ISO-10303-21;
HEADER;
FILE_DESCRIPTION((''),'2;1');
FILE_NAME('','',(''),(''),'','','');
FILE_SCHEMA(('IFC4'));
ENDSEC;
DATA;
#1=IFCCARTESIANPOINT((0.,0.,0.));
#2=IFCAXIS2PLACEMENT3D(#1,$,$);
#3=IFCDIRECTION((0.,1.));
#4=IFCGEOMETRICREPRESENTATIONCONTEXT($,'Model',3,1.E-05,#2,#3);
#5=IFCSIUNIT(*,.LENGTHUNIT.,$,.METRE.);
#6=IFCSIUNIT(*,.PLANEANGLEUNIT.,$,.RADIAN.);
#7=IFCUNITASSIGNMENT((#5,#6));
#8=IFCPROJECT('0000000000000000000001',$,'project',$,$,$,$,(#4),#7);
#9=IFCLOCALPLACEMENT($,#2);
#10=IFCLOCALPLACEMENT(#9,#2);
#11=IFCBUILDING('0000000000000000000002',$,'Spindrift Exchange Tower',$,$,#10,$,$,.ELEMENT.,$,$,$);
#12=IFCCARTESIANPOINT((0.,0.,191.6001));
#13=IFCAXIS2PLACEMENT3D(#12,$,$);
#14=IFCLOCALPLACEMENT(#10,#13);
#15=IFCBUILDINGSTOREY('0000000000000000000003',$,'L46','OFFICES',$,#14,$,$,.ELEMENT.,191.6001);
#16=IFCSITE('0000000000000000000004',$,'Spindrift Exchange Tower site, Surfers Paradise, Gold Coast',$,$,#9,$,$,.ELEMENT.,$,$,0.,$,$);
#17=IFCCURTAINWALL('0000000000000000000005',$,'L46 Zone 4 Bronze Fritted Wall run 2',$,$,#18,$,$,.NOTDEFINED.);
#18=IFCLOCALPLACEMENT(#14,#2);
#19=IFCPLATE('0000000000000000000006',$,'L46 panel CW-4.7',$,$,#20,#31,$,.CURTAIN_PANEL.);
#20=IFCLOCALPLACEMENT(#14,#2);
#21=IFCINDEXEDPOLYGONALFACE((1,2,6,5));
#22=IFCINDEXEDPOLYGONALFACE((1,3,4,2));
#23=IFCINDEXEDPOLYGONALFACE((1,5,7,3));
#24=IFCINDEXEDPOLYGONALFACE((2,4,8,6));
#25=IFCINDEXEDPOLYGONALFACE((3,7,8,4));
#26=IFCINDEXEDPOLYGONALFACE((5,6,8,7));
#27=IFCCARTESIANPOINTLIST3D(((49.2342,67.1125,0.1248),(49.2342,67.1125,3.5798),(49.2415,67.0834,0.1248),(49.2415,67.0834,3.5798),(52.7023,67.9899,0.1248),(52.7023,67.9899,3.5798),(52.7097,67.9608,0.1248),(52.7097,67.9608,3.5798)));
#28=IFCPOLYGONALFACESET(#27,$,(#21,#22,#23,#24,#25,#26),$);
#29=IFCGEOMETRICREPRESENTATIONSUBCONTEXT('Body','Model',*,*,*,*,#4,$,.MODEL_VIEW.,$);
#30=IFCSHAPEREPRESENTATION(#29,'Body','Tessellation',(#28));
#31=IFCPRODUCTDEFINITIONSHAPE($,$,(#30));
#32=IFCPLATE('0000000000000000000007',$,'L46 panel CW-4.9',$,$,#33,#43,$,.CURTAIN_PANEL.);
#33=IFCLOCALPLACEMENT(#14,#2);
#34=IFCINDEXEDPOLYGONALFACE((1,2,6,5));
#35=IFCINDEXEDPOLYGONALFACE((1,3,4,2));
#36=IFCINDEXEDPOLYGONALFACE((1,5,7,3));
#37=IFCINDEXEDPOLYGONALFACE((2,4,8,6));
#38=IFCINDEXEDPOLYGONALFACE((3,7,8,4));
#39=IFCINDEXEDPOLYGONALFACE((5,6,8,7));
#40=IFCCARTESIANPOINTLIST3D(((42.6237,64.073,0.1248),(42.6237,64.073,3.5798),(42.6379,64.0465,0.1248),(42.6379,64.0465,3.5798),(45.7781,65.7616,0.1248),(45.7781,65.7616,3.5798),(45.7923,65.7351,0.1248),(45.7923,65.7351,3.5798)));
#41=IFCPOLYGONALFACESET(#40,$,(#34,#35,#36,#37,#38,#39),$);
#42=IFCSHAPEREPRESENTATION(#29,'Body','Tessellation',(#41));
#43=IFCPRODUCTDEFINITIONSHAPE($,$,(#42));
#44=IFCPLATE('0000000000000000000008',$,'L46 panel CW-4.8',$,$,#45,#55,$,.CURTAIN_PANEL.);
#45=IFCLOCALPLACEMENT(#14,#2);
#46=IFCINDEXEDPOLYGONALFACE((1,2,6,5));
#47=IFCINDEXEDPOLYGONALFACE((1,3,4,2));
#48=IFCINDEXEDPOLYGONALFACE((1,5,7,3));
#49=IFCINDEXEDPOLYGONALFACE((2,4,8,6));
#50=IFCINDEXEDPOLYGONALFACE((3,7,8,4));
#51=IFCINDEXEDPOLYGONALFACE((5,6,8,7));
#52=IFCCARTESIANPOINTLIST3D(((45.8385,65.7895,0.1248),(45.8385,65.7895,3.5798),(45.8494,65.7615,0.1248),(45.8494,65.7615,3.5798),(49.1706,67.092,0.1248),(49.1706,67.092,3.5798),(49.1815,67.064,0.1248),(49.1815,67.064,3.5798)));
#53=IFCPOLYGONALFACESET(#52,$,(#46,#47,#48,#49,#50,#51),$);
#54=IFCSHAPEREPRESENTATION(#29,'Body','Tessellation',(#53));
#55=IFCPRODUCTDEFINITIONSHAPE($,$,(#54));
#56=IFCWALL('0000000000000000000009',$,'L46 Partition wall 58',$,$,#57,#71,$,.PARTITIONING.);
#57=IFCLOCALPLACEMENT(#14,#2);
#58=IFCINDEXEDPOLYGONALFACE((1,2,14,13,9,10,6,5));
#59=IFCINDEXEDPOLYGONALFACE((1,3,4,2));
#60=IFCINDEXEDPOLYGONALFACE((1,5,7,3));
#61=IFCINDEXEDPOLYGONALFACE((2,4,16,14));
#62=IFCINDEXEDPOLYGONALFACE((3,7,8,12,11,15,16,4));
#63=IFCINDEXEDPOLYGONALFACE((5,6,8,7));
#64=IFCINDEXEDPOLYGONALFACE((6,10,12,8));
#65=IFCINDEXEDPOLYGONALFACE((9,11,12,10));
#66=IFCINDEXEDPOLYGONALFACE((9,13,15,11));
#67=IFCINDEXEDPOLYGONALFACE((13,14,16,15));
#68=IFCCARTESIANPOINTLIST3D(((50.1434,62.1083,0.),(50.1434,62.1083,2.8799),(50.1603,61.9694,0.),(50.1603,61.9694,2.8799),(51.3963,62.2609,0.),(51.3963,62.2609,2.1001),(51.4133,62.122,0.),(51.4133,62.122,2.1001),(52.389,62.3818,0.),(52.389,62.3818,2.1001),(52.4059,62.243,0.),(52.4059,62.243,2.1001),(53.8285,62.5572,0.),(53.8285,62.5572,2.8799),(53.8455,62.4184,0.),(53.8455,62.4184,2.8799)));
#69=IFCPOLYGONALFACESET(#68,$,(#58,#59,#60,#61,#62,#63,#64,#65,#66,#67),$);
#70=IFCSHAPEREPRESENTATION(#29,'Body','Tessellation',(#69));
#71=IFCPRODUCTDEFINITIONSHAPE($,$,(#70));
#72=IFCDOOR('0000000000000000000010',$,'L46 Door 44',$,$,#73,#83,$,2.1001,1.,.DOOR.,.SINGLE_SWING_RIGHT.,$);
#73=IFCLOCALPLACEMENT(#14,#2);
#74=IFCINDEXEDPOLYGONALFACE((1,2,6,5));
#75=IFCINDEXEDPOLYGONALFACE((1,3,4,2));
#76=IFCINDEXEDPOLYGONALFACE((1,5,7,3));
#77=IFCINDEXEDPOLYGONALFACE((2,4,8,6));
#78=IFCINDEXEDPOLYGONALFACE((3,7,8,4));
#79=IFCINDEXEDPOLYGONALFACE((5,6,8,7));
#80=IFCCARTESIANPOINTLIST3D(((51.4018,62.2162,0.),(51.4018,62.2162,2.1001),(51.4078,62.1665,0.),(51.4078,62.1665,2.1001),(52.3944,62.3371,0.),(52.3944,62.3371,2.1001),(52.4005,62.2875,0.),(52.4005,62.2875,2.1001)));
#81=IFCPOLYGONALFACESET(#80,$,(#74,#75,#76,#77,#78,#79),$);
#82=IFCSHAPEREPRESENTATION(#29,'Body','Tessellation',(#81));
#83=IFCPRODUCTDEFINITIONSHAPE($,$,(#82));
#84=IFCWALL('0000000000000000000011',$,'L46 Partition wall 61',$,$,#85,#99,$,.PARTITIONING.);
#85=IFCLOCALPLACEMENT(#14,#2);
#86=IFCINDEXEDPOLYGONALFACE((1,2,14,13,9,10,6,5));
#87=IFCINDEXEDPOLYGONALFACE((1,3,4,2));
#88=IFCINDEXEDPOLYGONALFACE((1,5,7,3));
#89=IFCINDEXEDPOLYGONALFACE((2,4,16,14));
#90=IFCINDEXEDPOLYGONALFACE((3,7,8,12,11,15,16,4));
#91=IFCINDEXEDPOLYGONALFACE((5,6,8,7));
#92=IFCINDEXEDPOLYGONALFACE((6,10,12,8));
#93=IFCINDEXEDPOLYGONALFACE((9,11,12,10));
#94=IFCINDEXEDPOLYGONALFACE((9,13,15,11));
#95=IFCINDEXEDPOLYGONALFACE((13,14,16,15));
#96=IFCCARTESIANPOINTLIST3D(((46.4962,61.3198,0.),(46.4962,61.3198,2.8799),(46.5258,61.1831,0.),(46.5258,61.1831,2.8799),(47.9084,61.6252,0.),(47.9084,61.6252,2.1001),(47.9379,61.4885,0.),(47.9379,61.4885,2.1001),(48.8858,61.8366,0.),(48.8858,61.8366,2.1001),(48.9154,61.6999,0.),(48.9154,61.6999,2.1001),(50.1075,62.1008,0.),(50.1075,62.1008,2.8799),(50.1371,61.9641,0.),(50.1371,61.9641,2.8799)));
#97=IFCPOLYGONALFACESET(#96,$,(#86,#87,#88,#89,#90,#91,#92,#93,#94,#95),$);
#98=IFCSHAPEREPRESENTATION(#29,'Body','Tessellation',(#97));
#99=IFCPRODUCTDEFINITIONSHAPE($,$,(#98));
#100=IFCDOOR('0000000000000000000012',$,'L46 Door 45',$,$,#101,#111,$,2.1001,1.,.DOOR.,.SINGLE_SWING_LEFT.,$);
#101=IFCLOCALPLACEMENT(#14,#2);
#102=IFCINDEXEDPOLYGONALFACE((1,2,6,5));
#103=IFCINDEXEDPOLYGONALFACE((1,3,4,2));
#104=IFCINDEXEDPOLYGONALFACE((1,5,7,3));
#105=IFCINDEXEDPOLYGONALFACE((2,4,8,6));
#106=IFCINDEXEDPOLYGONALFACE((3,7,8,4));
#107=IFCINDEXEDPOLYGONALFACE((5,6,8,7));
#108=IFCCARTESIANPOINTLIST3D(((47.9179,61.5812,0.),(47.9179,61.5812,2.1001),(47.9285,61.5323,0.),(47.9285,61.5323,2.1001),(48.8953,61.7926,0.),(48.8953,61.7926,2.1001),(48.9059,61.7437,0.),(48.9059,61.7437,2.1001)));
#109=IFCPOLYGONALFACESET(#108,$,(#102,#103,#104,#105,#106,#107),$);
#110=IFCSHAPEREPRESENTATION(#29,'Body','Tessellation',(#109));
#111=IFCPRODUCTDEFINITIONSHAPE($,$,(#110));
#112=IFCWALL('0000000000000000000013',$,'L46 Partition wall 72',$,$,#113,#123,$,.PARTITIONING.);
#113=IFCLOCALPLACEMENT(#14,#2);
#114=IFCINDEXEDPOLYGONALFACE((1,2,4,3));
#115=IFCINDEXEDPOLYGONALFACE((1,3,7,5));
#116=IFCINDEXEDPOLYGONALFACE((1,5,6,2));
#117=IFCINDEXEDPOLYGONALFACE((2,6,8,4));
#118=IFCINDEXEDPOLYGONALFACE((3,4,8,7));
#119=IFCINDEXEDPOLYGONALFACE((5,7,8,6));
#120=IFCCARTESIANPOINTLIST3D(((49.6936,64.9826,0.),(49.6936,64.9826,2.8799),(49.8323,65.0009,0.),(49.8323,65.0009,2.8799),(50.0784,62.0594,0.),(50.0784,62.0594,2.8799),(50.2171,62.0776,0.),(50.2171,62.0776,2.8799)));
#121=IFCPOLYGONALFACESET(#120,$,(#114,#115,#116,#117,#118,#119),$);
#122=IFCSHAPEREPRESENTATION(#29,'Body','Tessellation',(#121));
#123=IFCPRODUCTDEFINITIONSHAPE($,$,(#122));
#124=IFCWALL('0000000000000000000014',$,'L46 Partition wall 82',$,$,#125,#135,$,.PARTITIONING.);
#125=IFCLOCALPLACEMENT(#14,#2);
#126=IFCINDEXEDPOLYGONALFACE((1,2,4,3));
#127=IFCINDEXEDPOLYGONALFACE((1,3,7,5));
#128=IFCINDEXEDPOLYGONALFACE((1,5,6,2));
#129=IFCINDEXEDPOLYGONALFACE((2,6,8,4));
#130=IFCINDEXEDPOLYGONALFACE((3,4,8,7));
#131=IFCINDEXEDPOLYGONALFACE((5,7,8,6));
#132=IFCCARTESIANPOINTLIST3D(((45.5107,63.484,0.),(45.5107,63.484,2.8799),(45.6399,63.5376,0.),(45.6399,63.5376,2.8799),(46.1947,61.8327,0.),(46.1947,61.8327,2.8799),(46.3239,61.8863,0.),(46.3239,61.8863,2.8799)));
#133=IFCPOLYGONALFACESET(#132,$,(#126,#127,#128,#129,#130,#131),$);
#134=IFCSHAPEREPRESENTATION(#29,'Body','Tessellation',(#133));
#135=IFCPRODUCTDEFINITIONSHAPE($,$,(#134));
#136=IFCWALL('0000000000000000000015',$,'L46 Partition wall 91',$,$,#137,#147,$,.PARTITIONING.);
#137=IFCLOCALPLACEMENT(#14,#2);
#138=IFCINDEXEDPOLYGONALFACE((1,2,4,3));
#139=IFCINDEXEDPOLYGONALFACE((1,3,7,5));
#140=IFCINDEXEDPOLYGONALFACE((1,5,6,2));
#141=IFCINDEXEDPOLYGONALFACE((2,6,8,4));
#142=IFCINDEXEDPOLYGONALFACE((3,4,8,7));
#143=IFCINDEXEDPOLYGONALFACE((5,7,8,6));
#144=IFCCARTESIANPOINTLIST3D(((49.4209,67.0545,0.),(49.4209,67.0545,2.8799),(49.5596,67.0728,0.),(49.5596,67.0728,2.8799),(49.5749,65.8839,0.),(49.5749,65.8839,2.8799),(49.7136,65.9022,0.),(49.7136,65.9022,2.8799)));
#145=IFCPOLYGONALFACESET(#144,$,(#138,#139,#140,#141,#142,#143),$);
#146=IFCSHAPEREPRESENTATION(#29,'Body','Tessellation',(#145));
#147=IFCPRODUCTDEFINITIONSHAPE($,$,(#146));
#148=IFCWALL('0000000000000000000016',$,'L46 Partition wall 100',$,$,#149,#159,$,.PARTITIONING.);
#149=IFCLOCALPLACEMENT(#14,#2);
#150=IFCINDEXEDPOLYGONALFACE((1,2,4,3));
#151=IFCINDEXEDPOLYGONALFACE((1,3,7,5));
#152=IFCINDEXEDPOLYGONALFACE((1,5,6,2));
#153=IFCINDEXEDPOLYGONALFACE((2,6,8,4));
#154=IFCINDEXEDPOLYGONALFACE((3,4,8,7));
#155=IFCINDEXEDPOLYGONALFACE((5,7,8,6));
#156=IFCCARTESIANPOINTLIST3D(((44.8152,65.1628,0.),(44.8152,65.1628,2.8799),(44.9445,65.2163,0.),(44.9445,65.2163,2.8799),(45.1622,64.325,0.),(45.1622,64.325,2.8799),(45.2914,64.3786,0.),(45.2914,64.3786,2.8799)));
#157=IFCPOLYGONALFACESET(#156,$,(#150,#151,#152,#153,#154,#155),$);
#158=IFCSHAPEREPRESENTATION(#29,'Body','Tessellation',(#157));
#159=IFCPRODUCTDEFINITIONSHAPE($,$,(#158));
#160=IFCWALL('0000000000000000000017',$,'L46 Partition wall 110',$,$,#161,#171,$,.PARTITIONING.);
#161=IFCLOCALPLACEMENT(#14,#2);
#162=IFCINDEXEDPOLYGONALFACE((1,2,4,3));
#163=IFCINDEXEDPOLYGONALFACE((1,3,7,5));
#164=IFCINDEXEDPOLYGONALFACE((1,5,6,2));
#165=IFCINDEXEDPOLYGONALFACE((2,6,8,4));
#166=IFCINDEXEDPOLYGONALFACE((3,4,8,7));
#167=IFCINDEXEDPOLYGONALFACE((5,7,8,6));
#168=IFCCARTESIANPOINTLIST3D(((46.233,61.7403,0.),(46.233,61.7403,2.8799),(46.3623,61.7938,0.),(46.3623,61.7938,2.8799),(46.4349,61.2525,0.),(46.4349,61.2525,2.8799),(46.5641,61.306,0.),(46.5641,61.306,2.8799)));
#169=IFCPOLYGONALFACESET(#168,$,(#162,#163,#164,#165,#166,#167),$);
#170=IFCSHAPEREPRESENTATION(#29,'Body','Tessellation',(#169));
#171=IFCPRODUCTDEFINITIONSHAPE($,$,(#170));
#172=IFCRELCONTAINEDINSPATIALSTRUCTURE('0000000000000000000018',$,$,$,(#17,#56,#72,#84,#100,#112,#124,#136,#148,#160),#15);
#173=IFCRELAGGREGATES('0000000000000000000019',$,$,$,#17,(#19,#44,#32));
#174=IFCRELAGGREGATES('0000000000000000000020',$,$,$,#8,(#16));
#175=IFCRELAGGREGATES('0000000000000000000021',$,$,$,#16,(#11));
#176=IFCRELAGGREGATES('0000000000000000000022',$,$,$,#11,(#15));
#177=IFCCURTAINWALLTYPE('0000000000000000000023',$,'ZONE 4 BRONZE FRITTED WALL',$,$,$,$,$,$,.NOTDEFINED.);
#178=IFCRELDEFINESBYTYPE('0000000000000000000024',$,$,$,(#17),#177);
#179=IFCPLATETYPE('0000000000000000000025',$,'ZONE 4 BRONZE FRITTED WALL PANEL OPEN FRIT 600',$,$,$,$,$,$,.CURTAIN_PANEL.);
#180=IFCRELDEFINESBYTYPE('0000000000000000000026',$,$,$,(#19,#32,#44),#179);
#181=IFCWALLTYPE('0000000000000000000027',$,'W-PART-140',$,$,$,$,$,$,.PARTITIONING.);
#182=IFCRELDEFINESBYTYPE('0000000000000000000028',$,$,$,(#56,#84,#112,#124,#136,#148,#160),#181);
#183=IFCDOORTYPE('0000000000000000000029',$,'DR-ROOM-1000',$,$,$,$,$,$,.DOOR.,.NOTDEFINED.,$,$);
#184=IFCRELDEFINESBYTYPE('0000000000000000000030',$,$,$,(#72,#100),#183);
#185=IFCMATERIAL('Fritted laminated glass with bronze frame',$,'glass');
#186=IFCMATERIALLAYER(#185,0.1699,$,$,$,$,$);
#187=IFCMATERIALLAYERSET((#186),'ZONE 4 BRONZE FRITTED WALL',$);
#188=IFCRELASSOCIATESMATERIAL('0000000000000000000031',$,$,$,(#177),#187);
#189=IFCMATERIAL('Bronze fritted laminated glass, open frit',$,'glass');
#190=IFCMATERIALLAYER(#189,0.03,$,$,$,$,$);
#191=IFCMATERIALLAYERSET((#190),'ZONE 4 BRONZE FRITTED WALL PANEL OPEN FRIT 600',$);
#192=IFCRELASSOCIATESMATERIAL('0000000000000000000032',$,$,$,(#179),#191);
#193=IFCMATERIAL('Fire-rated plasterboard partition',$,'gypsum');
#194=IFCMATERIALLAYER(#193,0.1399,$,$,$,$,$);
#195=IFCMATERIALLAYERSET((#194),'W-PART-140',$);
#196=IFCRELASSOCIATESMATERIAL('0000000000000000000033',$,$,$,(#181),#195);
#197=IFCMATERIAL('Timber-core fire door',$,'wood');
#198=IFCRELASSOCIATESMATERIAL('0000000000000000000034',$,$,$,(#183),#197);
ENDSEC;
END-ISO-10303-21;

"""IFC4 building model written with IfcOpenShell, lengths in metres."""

from ifc_helpers import new_model, si_unit, direction, frame, frame_2d, origin, origin_2d, place, context, subcontext, project, spatial, rectangle, extrude, source, transform, mapped, material, layer, layer_set, type_object, element, fill, aggregate, save


model = new_model("IFC4")

# Units and contexts
model_context = context("Model", 3, precision=1e-05, world=origin(), true_north=direction((0.0, 1.0)))
body_context = subcontext(model_context, "Body", "Model", "MODEL_VIEW")
ifc_project = project(units=[si_unit("LENGTHUNIT", "METRE"), si_unit("PLANEANGLEUNIT", "RADIAN")], contexts=[model_context])

# Site, building, storey
site_placement = place(None, origin())
site = spatial("IfcSite", under=ifc_project, at=site_placement, Name="Spindrift Exchange Tower site, Surfers Paradise, Gold Coast", CompositionType="ELEMENT", RefElevation=0.0)
building_placement = place(site_placement, origin())
building = spatial("IfcBuilding", under=site, at=building_placement, Name="Spindrift Exchange Tower", CompositionType="ELEMENT")
storey_placement = place(building_placement, frame((0.0, 0.0, 191.6001)))
storey = spatial("IfcBuildingStorey", under=building, at=storey_placement, Name="L46", Description="OFFICES", CompositionType="ELEMENT", Elevation=191.6001)

# Curtain wall, plates
ifc_material_1 = material(Name="Fritted laminated glass with bronze frame", Category="glass")
ifc_layer_1 = layer(ifc_material_1, 0.1699)
ifc_layer_set_1 = layer_set([ifc_layer_1], Name="ZONE 4 BRONZE FRITTED WALL")
curtain_wall_type = type_object("IfcCurtainWallType", Name="ZONE 4 BRONZE FRITTED WALL", PredefinedType="NOTDEFINED", material=ifc_layer_set_1)
curtain_wall_placement = place(storey_placement, origin())
curtain_wall = element("IfcCurtainWall", 1, at=curtain_wall_placement, inside=storey, type_object=curtain_wall_type, Name="L46 Zone 4 Bronze Fritted Wall run 2", PredefinedType="NOTDEFINED")
ifc_material_2 = material(Name="Bronze fritted laminated glass, open frit", Category="glass")
ifc_layer_2 = layer(ifc_material_2, 0.03)
ifc_layer_set_2 = layer_set([ifc_layer_2], Name="ZONE 4 BRONZE FRITTED WALL PANEL OPEN FRIT 600")
plate_type = type_object("IfcPlateType", Name="ZONE 4 BRONZE FRITTED WALL PANEL OPEN FRIT 600", PredefinedType="CURTAIN_PANEL", material=ifc_layer_set_2)
shared_shape_1 = source(origin(), body_context, "Body", "SweptSolid", [
    extrude(rectangle(XDim=3.5774, YDim=0.03, at=origin_2d()), origin(), (0.0, 0.0, 1.0), 3.4551),
])
plate_1_placement = place(storey_placement, frame((50.9719, 67.5366, 0.1248), z_axis=(0.0, 0.0, 1.0), x_axis=(-0.969459, -0.245255, 0.0)))
plate_1 = element("IfcPlate", 2, at=plate_1_placement, type_object=plate_type, Name="L46 panel CW-4.7", PredefinedType="CURTAIN_PANEL", context=body_context, shape_type="MappedRepresentation", body=[
    mapped(shared_shape_1, transform((0.0, 0.0, 0.0), scale=1.0)),
])
shared_shape_2 = source(origin(), body_context, "Body", "SweptSolid", [
    extrude(rectangle(XDim=3.5779, YDim=0.03, at=origin_2d()), origin(), (0.0, 0.0, 1.0), 3.4551),
])
plate_2_placement = place(storey_placement, frame((44.208, 64.9041, 0.1248), z_axis=(0.0, 0.0, 1.0), x_axis=(-0.881628, -0.471945, 0.0)))
plate_2 = element("IfcPlate", 3, at=plate_2_placement, type_object=plate_type, Name="L46 panel CW-4.9", PredefinedType="CURTAIN_PANEL", context=body_context, shape_type="MappedRepresentation", body=[
    mapped(shared_shape_2, transform((0.0, 0.0, 0.0), scale=1.0)),
])
shared_shape_3 = source(origin(), body_context, "Body", "SweptSolid", [
    extrude(rectangle(XDim=3.5776, YDim=0.03, at=origin_2d()), origin(), (0.0, 0.0, 1.0), 3.4551),
])
plate_3_placement = place(storey_placement, frame((47.51, 66.4268, 0.1248), z_axis=(0.0, 0.0, 1.0), x_axis=(-0.931371, -0.364071, 0.0)))
plate_3 = element("IfcPlate", 4, at=plate_3_placement, type_object=plate_type, Name="L46 panel CW-4.8", PredefinedType="CURTAIN_PANEL", context=body_context, shape_type="MappedRepresentation", body=[
    mapped(shared_shape_3, transform((0.0, 0.0, 0.0), scale=1.0)),
])
aggregate(curtain_wall, [plate_1, plate_3, plate_2])

# Walls, openings, doors
ifc_material_3 = material(Name="Fire-rated plasterboard partition", Category="gypsum")
ifc_layer_3 = layer(ifc_material_3, 0.1399)
ifc_layer_set_3 = layer_set([ifc_layer_3], Name="W-PART-140")
wall_type = type_object("IfcWallType", Name="W-PART-140", PredefinedType="PARTITIONING", material=ifc_layer_set_3)
wall_1_placement = place(storey_placement, frame((50.1519, 62.0388, 0.0), z_axis=(0.0, 0.0, 1.0), x_axis=(0.99266, 0.120942, 0.0)))
wall_1 = element("IfcWall", 5, at=wall_1_placement, inside=storey, type_object=wall_type, Name="L46 Partition wall 58", PredefinedType="PARTITIONING", context=body_context, shape_type="SweptSolid", body=[
    extrude(rectangle(XDim=3.7124, YDim=0.1399, at=frame_2d((1.8562, 0.0))), origin(), (0.0, 0.0, 1.0), 2.8799),
])
opening_1_placement = place(wall_1_placement, frame((1.2622, 0.0, 0.0)))
opening_1 = element("IfcOpeningElement", 6, at=opening_1_placement, cuts=wall_1, PredefinedType="OPENING", context=body_context, shape_type="SweptSolid", body=[
    extrude(rectangle(XDim=1.0, YDim=2.1001, at=frame_2d((0.5, 1.05))), frame((0.0, 0.0798, 0.0), z_axis=(0.0, -1.0, 0.0), x_axis=(1.0, 0.0, 0.0)), (0.0, 0.0, 1.0), 0.1599),
])
ifc_material_4 = material(Name="Timber-core fire door", Category="wood")
door_type = type_object("IfcDoorType", Name="DR-ROOM-1000", OperationType="NOTDEFINED", PredefinedType="DOOR", material=ifc_material_4)
shared_shape_4 = source(origin(), body_context, "Body", "SweptSolid", [
    extrude(rectangle(XDim=1.0, YDim=2.1001, at=frame_2d((0.5, 1.05))), frame((0.0, 0.0249, 0.0), z_axis=(0.0, -1.0, 0.0), x_axis=(1.0, 0.0, 0.0)), (0.0, 0.0, 1.0), 0.05),
])
door_1_placement = place(opening_1_placement, origin())
door_1 = element("IfcDoor", 7, at=door_1_placement, inside=storey, type_object=door_type, Name="L46 Door 44", OperationType="SINGLE_SWING_RIGHT", OverallHeight=2.1001, OverallWidth=1.0, PredefinedType="DOOR", context=body_context, shape_type="MappedRepresentation", body=[
    mapped(shared_shape_4, transform((0.0, 0.0, 0.0), scale=1.0)),
])
fill(opening_1, door_1)
wall_2_placement = place(storey_placement, frame((46.511, 61.2515, 0.0), z_axis=(0.0, 0.0, 1.0), x_axis=(0.977404, 0.211379, 0.0)))
wall_2 = element("IfcWall", 8, at=wall_2_placement, inside=storey, type_object=wall_type, Name="L46 Partition wall 61", PredefinedType="PARTITIONING", context=body_context, shape_type="SweptSolid", body=[
    extrude(rectangle(XDim=3.6948, YDim=0.1399, at=frame_2d((1.8474, 0.0))), origin(), (0.0, 0.0, 1.0), 2.8799),
])
opening_2_placement = place(wall_2_placement, frame((1.4448, 0.0, 0.0)))
opening_2 = element("IfcOpeningElement", 9, at=opening_2_placement, cuts=wall_2, PredefinedType="OPENING", context=body_context, shape_type="SweptSolid", body=[
    extrude(rectangle(XDim=1.0, YDim=2.1001, at=frame_2d((0.5, 1.05))), frame((0.0, 0.0798, 0.0), z_axis=(0.0, -1.0, 0.0), x_axis=(1.0, 0.0, 0.0)), (0.0, 0.0, 1.0), 0.1599),
])
door_2_placement = place(opening_2_placement, origin())
door_2 = element("IfcDoor", 10, at=door_2_placement, inside=storey, type_object=door_type, Name="L46 Door 45", OperationType="SINGLE_SWING_LEFT", OverallHeight=2.1001, OverallWidth=1.0, PredefinedType="DOOR", context=body_context, shape_type="MappedRepresentation", body=[
    mapped(shared_shape_4, transform((0.0, 0.0, 0.0), scale=1.0)),
])
fill(opening_2, door_2)

# Walls
wall_3_placement = place(storey_placement, frame((50.1477, 62.0686, 0.0), z_axis=(0.0, 0.0, 1.0), x_axis=(-0.130493, 0.991449, 0.0)))
element("IfcWall", 11, at=wall_3_placement, inside=storey, type_object=wall_type, Name="L46 Partition wall 72", PredefinedType="PARTITIONING", context=body_context, shape_type="SweptSolid", body=[
    extrude(rectangle(XDim=2.9485, YDim=0.1399, at=frame_2d((1.4741, 0.0))), origin(), (0.0, 0.0, 1.0), 2.8799),
])
wall_4_placement = place(storey_placement, frame((46.2593, 61.8596, 0.0), z_axis=(0.0, 0.0, 1.0), x_axis=(-0.382714, 0.923867, 0.0)))
element("IfcWall", 12, at=wall_4_placement, inside=storey, type_object=wall_type, Name="L46 Partition wall 82", PredefinedType="PARTITIONING", context=body_context, shape_type="SweptSolid", body=[
    extrude(rectangle(XDim=1.7874, YDim=0.1399, at=frame_2d((0.8936, 0.0))), origin(), (0.0, 0.0, 1.0), 2.8799),
])
wall_5_placement = place(storey_placement, frame((49.6443, 65.8931, 0.0), z_axis=(0.0, 0.0, 1.0), x_axis=(-0.130471, 0.991452, 0.0)))
element("IfcWall", 13, at=wall_5_placement, inside=storey, type_object=wall_type, Name="L46 Partition wall 91", PredefinedType="PARTITIONING", context=body_context, shape_type="SweptSolid", body=[
    extrude(rectangle(XDim=1.1807, YDim=0.1399, at=frame_2d((0.5903, 0.0))), origin(), (0.0, 0.0, 1.0), 2.8799),
])
wall_6_placement = place(storey_placement, frame((45.2268, 64.3518, 0.0), z_axis=(0.0, 0.0, 1.0), x_axis=(-0.382645, 0.923895, 0.0)))
element("IfcWall", 14, at=wall_6_placement, inside=storey, type_object=wall_type, Name="L46 Partition wall 100", PredefinedType="PARTITIONING", context=body_context, shape_type="SweptSolid", body=[
    extrude(rectangle(XDim=0.9067, YDim=0.1399, at=frame_2d((0.4534, 0.0))), origin(), (0.0, 0.0, 1.0), 2.8799),
])
wall_7_placement = place(storey_placement, frame((46.4995, 61.2793, 0.0), z_axis=(0.0, 0.0, 1.0), x_axis=(-0.382447, 0.923977, 0.0)))
element("IfcWall", 15, at=wall_7_placement, inside=storey, type_object=wall_type, Name="L46 Partition wall 110", PredefinedType="PARTITIONING", context=body_context, shape_type="SweptSolid", body=[
    extrude(rectangle(XDim=0.5278, YDim=0.1399, at=frame_2d((0.2639, 0.0))), origin(), (0.0, 0.0, 1.0), 2.8799),
])

save(model, "model.ifc")
